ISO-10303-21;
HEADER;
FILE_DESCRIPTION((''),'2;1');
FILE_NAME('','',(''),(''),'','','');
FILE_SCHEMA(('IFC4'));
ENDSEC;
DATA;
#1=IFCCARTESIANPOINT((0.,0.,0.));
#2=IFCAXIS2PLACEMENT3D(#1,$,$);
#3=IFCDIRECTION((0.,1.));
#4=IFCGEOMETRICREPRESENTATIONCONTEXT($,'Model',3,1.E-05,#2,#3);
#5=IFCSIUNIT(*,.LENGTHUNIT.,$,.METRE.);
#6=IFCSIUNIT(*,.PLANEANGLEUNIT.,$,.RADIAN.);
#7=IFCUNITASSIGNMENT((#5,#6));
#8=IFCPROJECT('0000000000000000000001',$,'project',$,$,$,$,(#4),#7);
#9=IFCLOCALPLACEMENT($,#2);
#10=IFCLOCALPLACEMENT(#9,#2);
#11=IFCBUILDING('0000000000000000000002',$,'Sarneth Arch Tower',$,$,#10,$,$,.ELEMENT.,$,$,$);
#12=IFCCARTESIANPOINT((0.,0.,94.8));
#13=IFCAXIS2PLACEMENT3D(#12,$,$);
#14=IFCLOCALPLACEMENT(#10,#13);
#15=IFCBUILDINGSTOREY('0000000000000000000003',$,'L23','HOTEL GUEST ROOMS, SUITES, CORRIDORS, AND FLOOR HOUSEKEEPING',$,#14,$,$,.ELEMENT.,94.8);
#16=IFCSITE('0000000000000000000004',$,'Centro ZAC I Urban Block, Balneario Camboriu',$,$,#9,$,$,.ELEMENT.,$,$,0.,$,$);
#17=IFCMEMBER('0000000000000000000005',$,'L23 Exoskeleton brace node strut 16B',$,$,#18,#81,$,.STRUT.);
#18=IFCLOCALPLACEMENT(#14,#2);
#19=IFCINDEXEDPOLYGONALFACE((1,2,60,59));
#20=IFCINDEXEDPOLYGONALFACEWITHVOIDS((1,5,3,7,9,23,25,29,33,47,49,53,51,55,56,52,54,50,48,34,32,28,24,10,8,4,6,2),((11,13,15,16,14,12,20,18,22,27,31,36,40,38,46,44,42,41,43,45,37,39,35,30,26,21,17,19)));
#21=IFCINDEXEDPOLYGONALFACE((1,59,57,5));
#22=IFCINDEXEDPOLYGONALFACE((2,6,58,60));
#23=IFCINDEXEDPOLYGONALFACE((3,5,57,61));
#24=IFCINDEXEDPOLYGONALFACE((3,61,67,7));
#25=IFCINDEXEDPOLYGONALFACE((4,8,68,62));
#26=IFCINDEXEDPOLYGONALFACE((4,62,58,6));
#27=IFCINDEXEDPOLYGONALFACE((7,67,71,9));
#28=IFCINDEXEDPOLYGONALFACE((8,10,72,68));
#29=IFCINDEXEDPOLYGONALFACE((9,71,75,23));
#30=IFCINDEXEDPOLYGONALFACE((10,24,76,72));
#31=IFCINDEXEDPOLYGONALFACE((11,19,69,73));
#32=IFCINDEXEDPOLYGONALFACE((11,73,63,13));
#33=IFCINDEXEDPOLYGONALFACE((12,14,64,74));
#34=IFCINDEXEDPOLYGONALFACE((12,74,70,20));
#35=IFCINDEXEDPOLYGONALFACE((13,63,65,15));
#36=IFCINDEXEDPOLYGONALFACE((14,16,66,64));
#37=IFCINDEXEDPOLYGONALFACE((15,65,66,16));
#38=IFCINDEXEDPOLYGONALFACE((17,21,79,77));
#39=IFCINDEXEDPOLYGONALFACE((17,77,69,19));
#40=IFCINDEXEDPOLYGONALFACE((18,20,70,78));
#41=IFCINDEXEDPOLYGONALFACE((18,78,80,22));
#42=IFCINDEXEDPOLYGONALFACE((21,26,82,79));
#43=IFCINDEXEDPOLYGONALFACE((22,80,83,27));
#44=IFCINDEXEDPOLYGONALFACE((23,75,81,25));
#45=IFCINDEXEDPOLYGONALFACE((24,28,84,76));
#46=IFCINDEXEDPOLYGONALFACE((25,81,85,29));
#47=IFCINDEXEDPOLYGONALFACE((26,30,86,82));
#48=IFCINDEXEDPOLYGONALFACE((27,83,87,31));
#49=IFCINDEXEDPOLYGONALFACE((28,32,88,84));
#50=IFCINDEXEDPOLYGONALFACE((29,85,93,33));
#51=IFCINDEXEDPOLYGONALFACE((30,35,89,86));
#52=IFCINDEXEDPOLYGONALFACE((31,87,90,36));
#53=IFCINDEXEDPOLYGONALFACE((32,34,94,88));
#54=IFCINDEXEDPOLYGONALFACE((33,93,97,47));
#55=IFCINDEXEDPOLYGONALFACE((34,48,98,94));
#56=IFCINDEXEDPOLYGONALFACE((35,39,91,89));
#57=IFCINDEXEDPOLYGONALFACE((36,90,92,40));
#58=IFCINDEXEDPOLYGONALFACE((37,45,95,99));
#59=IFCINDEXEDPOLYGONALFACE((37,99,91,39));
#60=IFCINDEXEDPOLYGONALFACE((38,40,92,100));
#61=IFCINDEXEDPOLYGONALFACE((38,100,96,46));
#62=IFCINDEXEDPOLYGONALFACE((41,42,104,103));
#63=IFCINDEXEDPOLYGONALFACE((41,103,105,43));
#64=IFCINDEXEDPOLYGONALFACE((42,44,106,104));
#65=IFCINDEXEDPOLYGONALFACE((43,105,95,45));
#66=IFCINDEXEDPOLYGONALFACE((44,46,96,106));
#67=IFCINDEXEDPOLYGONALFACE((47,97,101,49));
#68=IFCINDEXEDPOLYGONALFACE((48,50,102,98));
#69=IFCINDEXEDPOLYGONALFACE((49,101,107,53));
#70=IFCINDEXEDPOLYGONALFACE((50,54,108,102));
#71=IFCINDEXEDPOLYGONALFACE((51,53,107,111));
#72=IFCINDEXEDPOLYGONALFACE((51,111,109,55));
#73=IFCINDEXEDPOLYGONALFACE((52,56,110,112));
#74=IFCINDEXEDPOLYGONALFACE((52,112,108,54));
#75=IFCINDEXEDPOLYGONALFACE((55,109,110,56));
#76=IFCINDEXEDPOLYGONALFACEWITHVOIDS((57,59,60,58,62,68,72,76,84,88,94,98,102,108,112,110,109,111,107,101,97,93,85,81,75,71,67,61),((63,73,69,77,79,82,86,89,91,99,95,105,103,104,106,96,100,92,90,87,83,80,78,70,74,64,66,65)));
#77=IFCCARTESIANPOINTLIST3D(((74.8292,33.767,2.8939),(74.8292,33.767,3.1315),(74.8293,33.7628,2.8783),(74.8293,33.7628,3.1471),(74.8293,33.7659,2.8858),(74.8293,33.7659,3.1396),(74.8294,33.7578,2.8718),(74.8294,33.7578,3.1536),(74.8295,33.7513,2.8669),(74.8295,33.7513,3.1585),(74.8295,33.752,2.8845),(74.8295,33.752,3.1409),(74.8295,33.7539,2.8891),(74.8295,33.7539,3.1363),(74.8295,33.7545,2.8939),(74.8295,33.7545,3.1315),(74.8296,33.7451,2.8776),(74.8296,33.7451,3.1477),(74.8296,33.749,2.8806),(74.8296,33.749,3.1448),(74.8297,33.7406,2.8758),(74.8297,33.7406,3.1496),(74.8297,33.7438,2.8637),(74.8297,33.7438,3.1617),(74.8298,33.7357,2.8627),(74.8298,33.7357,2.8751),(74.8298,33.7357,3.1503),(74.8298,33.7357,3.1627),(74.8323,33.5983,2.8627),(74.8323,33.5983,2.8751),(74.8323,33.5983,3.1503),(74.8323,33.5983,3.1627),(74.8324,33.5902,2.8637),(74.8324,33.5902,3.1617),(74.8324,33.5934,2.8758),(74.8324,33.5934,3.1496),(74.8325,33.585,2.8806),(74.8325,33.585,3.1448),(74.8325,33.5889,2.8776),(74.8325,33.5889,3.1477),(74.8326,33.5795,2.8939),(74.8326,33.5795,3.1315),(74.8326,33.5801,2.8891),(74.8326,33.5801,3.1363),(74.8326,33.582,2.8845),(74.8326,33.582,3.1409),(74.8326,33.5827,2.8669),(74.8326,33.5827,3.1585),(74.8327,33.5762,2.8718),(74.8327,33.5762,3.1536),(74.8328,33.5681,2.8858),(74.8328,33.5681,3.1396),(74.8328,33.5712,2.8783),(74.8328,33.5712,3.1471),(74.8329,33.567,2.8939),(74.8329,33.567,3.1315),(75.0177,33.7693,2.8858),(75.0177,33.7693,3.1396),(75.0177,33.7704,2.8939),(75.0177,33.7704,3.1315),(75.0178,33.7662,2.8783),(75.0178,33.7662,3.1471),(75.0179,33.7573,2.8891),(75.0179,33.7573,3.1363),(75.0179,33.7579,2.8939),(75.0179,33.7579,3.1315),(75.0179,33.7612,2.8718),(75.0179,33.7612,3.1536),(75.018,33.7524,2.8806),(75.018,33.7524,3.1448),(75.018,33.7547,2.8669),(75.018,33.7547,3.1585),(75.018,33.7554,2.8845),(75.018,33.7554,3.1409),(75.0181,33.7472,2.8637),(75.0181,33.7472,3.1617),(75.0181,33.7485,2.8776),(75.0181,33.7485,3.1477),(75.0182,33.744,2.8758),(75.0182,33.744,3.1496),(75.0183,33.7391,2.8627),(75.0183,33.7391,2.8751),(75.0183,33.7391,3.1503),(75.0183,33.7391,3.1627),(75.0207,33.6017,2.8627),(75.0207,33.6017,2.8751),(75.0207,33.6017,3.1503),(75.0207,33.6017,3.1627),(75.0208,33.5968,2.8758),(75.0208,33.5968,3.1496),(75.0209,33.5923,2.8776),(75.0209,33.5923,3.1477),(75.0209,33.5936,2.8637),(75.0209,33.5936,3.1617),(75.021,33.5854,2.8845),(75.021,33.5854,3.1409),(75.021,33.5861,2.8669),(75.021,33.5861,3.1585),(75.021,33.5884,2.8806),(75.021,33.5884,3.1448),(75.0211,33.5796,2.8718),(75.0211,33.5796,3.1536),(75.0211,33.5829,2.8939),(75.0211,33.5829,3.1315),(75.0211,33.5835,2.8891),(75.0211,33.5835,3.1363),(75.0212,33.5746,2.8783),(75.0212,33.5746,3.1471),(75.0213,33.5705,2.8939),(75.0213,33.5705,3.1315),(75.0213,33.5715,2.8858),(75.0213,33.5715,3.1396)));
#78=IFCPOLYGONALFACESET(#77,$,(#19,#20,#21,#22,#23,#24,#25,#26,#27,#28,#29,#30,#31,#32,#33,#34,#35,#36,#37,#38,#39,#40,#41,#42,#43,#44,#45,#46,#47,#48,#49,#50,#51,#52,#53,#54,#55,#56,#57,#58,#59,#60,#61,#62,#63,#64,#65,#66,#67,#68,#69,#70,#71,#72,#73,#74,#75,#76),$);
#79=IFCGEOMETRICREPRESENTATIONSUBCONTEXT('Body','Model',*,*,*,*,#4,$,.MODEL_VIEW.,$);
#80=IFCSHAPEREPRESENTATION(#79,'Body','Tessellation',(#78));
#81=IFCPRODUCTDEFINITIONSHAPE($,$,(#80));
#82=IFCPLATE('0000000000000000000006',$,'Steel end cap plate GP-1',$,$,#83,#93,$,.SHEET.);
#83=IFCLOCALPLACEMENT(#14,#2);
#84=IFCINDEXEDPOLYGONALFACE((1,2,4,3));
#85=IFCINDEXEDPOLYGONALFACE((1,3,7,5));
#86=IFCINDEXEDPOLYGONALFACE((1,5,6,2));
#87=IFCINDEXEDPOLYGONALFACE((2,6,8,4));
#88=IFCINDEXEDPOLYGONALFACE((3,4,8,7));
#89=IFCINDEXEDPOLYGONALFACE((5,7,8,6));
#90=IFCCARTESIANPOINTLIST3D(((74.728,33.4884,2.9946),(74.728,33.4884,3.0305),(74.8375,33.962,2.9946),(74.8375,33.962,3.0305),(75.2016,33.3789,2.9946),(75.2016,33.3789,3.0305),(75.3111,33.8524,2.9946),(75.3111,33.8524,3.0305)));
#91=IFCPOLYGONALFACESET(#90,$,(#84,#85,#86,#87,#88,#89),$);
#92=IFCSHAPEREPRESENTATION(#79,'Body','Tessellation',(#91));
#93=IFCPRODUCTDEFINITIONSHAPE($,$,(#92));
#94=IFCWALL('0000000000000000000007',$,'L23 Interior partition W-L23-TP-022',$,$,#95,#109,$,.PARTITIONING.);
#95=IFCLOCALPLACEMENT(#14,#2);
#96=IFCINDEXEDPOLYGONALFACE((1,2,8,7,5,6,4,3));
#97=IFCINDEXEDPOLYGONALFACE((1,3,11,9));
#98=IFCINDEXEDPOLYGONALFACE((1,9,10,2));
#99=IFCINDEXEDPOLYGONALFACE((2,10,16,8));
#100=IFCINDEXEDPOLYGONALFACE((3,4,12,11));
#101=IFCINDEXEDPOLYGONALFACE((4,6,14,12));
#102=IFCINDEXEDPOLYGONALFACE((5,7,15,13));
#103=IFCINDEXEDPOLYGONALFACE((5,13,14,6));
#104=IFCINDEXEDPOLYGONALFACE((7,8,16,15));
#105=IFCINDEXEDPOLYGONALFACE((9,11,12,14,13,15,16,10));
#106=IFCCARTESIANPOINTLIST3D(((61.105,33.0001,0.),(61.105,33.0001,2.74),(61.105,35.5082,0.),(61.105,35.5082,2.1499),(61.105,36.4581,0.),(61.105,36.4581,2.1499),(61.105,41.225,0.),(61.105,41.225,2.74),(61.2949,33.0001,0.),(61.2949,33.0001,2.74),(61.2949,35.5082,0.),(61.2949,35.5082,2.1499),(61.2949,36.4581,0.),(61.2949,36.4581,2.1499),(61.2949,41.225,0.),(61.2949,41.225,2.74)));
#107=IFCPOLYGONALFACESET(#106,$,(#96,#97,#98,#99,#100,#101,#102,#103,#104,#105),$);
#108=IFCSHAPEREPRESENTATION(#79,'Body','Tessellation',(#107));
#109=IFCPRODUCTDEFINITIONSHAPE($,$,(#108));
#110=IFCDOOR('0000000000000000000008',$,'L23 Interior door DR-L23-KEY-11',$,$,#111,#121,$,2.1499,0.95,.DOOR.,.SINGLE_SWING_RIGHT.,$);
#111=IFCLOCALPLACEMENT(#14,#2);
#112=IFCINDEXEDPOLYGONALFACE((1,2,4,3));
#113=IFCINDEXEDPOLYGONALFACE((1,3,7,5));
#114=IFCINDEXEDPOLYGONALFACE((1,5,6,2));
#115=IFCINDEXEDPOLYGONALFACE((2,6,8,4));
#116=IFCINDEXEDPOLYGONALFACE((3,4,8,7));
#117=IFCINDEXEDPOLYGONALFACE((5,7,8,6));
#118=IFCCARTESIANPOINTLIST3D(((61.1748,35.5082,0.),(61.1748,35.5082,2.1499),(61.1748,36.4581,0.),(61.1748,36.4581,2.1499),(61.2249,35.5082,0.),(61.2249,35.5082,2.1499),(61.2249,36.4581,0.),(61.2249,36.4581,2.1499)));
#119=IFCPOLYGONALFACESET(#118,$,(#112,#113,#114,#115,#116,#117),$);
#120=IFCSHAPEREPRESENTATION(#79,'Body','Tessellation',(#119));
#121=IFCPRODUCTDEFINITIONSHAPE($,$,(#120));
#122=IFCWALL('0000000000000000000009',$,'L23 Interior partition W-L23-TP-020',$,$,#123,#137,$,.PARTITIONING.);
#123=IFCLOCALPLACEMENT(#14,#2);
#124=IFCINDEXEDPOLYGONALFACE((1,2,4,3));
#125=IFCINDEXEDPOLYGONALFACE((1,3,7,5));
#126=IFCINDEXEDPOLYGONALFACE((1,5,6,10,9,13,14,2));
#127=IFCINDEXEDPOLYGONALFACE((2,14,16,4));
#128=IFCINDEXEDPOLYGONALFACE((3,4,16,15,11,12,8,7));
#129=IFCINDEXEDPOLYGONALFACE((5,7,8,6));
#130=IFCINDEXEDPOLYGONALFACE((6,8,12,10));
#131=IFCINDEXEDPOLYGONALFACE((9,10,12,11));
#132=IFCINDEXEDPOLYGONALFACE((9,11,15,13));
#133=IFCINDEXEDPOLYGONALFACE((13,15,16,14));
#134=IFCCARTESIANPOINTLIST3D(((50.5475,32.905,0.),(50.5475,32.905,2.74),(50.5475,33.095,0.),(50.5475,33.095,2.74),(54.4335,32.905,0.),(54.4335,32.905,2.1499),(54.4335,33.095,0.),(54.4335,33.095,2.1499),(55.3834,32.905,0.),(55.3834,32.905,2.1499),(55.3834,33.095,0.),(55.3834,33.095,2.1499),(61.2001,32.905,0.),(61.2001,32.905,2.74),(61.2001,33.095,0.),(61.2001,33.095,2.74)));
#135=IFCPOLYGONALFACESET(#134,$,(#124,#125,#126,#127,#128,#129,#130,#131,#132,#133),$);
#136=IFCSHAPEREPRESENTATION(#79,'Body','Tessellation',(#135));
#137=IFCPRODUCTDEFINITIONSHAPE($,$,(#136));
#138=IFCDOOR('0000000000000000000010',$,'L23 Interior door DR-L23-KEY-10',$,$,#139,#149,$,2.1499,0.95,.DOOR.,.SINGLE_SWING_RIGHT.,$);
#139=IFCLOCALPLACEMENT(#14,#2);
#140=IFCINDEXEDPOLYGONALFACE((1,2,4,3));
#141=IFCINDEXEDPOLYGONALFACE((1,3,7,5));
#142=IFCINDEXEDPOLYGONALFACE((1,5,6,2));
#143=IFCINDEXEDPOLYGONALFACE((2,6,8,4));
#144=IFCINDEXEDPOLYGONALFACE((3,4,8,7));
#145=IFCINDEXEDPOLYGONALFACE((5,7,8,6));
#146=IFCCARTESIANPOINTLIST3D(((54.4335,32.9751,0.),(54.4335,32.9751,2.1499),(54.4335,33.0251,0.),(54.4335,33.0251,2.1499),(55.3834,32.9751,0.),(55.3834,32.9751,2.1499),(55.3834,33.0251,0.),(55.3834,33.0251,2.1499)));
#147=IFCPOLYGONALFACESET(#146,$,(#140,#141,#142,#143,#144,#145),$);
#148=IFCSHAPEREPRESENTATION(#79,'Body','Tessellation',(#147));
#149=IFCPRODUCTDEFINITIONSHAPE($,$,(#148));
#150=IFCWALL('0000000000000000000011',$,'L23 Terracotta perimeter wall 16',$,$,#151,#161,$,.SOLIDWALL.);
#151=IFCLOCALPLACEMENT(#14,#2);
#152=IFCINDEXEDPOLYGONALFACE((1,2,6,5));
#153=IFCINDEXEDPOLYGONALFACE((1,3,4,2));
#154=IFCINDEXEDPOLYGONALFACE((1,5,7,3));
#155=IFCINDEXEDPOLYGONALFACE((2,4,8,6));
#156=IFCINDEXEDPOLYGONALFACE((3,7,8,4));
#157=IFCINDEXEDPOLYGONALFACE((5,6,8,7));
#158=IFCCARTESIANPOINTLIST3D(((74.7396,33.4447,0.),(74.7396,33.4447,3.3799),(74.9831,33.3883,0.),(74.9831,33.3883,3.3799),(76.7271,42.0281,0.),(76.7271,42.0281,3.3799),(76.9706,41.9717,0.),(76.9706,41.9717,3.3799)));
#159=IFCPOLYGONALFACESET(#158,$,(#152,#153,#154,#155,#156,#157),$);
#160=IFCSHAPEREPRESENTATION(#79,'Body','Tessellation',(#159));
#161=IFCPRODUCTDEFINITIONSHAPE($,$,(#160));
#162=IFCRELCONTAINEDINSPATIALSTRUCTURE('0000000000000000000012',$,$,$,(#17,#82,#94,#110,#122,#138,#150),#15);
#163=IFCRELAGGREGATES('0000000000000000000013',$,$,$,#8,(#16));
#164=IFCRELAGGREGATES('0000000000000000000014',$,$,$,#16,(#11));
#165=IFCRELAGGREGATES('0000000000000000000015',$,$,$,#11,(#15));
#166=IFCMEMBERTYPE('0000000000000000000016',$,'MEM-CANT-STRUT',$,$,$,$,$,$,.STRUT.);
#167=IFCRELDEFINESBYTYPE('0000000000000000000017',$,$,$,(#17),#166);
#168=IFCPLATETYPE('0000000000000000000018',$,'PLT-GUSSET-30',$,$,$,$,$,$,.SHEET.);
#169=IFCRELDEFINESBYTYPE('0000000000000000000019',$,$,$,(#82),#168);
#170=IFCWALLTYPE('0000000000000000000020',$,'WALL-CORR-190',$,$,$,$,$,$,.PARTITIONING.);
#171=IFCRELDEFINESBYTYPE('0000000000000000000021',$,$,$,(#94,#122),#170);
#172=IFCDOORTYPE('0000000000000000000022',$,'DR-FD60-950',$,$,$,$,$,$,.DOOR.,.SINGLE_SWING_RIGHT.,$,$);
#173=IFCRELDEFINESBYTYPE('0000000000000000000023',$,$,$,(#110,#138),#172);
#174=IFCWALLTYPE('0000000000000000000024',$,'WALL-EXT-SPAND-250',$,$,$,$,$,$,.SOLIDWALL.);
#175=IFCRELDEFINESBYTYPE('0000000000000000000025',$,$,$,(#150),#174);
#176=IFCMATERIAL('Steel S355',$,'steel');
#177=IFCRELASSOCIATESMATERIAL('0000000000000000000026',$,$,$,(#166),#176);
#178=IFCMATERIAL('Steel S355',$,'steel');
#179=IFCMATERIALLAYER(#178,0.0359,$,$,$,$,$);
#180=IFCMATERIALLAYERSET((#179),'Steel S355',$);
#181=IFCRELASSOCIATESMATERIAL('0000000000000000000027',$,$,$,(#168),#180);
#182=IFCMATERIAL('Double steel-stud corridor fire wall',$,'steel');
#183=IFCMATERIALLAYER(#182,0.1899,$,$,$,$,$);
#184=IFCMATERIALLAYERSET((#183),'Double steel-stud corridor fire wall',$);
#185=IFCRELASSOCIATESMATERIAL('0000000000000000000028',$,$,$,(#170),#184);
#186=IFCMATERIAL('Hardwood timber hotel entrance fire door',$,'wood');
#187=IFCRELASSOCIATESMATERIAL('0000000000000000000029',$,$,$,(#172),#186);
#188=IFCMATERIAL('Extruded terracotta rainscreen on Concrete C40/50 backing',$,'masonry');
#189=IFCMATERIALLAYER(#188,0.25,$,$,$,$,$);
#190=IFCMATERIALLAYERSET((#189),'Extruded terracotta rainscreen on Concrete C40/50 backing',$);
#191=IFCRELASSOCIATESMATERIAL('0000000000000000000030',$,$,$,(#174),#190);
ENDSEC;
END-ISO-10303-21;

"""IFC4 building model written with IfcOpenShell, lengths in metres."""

from ifc_helpers import new_model, si_unit, direction, frame, frame_2d, origin, origin_2d, place, context, subcontext, project, spatial, rectangle, hollow_rectangle, extrude, material, layer, layer_set, material_profile, profile_set, type_object, element, fill, save


model = new_model("IFC4")

# Units and contexts
model_context = context("Model", 3, precision=1e-05, world=origin(), true_north=direction((0.0, 1.0)))
body_context = subcontext(model_context, "Body", "Model", "MODEL_VIEW")
ifc_project = project(units=[si_unit("LENGTHUNIT", "METRE"), si_unit("PLANEANGLEUNIT", "RADIAN")], contexts=[model_context])

# Site, building, storey
site_placement = place(None, origin())
site = spatial("IfcSite", under=ifc_project, at=site_placement, Name="Centro ZAC I Urban Block, Balneario Camboriu", CompositionType="ELEMENT", RefElevation=0.0)
building_placement = place(site_placement, origin())
building = spatial("IfcBuilding", under=site, at=building_placement, Name="Sarneth Arch Tower", CompositionType="ELEMENT")
storey_placement = place(building_placement, frame((0.0, 0.0, 94.8)))
storey = spatial("IfcBuildingStorey", under=building, at=storey_placement, Name="L23", Description="HOTEL GUEST ROOMS, SUITES, CORRIDORS, AND FLOOR HOUSEKEEPING", CompositionType="ELEMENT", Elevation=94.8)

# Member
ifc_material_1 = material(Name="Steel S355", Category="steel")
ifc_material_profile_1 = material_profile(ifc_material_1, hollow_rectangle(XDim=0.2, YDim=0.3, WallThickness=0.0125, InnerFilletRadius=0.0188, OuterFilletRadius=0.0312, at=origin_2d()), Name="RHS300x200x12.5")
ifc_profile_set_1 = profile_set([ifc_material_profile_1], Name="Steel S355")
member_type = type_object("IfcMemberType", Name="MEM-CANT-STRUT", PredefinedType="STRUT", material=ifc_profile_set_1)
member_placement = place(storey_placement, frame((74.8311, 33.667, 3.0127), z_axis=(0.999836, 0.018132, 0.0), x_axis=(-0.018132, 0.999836, 0.0)))
element("IfcMember", 1, at=member_placement, inside=storey, type_object=member_type, Name="L23 Exoskeleton brace node strut 16B", PredefinedType="STRUT", context=body_context, shape_type="SweptSolid", body=[
    extrude(hollow_rectangle(XDim=0.2, YDim=0.3, WallThickness=0.0125, InnerFilletRadius=0.0188, OuterFilletRadius=0.0312, at=origin_2d()), origin(), (0.0, 0.0, 1.0), 0.1885),
])

# Plate
ifc_material_2 = material(Name="Steel S355", Category="steel")
ifc_layer_1 = layer(ifc_material_2, 0.0359)
ifc_layer_set_1 = layer_set([ifc_layer_1], Name="Steel S355")
plate_type = type_object("IfcPlateType", Name="PLT-GUSSET-30", PredefinedType="SHEET", material=ifc_layer_set_1)
plate_placement = place(storey_placement, frame((75.0195, 33.6704, 2.9946), z_axis=(0.0, 0.0, 1.0), x_axis=(0.225291, 0.974291, 0.0)))
element("IfcPlate", 2, at=plate_placement, inside=storey, type_object=plate_type, Name="Steel end cap plate GP-1", PredefinedType="SHEET", context=body_context, shape_type="SweptSolid", body=[
    extrude(rectangle(XDim=0.4861, YDim=0.4861, at=origin_2d()), origin(), (0.0, 0.0, 1.0), 0.0359),
])

# Walls, openings, doors
ifc_material_3 = material(Name="Double steel-stud corridor fire wall", Category="steel")
ifc_layer_2 = layer(ifc_material_3, 0.1899)
ifc_layer_set_2 = layer_set([ifc_layer_2], Name="Double steel-stud corridor fire wall")
wall_type_1 = type_object("IfcWallType", Name="WALL-CORR-190", PredefinedType="PARTITIONING", material=ifc_layer_set_2)
wall_1_placement = place(storey_placement, frame((61.2, 41.2249, 0.0), z_axis=(0.0, 0.0, 1.0), x_axis=(0.0, -1.0, 0.0)))
wall_1 = element("IfcWall", 3, at=wall_1_placement, inside=storey, type_object=wall_type_1, Name="L23 Interior partition W-L23-TP-022", PredefinedType="PARTITIONING", context=body_context, shape_type="SweptSolid", body=[
    extrude(rectangle(XDim=8.2249, YDim=0.1899, at=frame_2d((4.1123, 0.0))), origin(), (0.0, 0.0, 1.0), 2.74),
])
opening_1_placement = place(wall_1_placement, frame((4.7666, 0.0, 0.0)))
opening_1 = element("IfcOpeningElement", 4, at=opening_1_placement, cuts=wall_1, PredefinedType="OPENING", context=body_context, shape_type="SweptSolid", body=[
    extrude(rectangle(XDim=0.95, YDim=2.1499, at=frame_2d((0.4751, 1.075))), frame((0.0, 0.105, 0.0), z_axis=(0.0, -1.0, 0.0), x_axis=(1.0, 0.0, 0.0)), (0.0, 0.0, 1.0), 0.21),
])
ifc_material_4 = material(Name="Hardwood timber hotel entrance fire door", Category="wood")
door_type_1 = type_object("IfcDoorType", Name="DR-FD60-950", OperationType="SINGLE_SWING_RIGHT", PredefinedType="DOOR", material=ifc_material_4)
door_1_placement = place(opening_1_placement, origin())
door_1 = element("IfcDoor", 5, at=door_1_placement, inside=storey, type_object=door_type_1, Name="L23 Interior door DR-L23-KEY-11", OperationType="SINGLE_SWING_RIGHT", OverallHeight=2.1499, OverallWidth=0.95, PredefinedType="DOOR", context=body_context, shape_type="SweptSolid", body=[
    extrude(rectangle(XDim=0.95, YDim=2.1499, at=frame_2d((0.4751, 1.075))), frame((0.0, 0.0249, 0.0), z_axis=(0.0, -1.0, 0.0), x_axis=(1.0, 0.0, 0.0)), (0.0, 0.0, 1.0), 0.05),
])
fill(opening_1, door_1)
wall_2_placement = place(storey_placement, frame((61.2, 33.0, 0.0), z_axis=(0.0, 0.0, 1.0), x_axis=(-1.0, 0.0, 0.0)))
wall_2 = element("IfcWall", 6, at=wall_2_placement, inside=storey, type_object=wall_type_1, Name="L23 Interior partition W-L23-TP-020", PredefinedType="PARTITIONING", context=body_context, shape_type="SweptSolid", body=[
    extrude(rectangle(XDim=10.6526, YDim=0.1899, at=frame_2d((5.3262, 0.0))), origin(), (0.0, 0.0, 1.0), 2.74),
])
opening_2_placement = place(wall_2_placement, frame((5.8164, 0.0, 0.0)))
opening_2 = element("IfcOpeningElement", 7, at=opening_2_placement, cuts=wall_2, PredefinedType="OPENING", context=body_context, shape_type="SweptSolid", body=[
    extrude(rectangle(XDim=0.95, YDim=2.1499, at=frame_2d((0.4751, 1.075))), frame((0.0, 0.105, 0.0), z_axis=(0.0, -1.0, 0.0), x_axis=(1.0, 0.0, 0.0)), (0.0, 0.0, 1.0), 0.21),
])
door_2_placement = place(opening_2_placement, origin())
door_2 = element("IfcDoor", 8, at=door_2_placement, inside=storey, type_object=door_type_1, Name="L23 Interior door DR-L23-KEY-10", OperationType="SINGLE_SWING_RIGHT", OverallHeight=2.1499, OverallWidth=0.95, PredefinedType="DOOR", context=body_context, shape_type="SweptSolid", body=[
    extrude(rectangle(XDim=0.95, YDim=2.1499, at=frame_2d((0.4751, 1.075))), frame((0.0, 0.0249, 0.0), z_axis=(0.0, -1.0, 0.0), x_axis=(1.0, 0.0, 0.0)), (0.0, 0.0, 1.0), 0.05),
])
fill(opening_2, door_2)

# Wall
ifc_material_5 = material(Name="Extruded terracotta rainscreen on Concrete C40/50 backing", Category="masonry")
ifc_layer_3 = layer(ifc_material_5, 0.25)
ifc_layer_set_3 = layer_set([ifc_layer_3], Name="Extruded terracotta rainscreen on Concrete C40/50 backing")
wall_type_2 = type_object("IfcWallType", Name="WALL-EXT-SPAND-250", PredefinedType="SOLIDWALL", material=ifc_layer_set_3)
wall_3_placement = place(storey_placement, frame((74.8613, 33.4165, 0.0), z_axis=(0.0, 0.0, 1.0), x_axis=(0.225586, 0.974223, 0.0)))
element("IfcWall", 9, at=wall_3_placement, inside=storey, type_object=wall_type_2, Name="L23 Terracotta perimeter wall 16", PredefinedType="SOLIDWALL", context=body_context, shape_type="SweptSolid", body=[
    extrude(rectangle(XDim=8.8105, YDim=0.25, at=frame_2d((4.4053, 0.0))), origin(), (0.0, 0.0, 1.0), 3.3799),
])

save(model, "model.ifc")
